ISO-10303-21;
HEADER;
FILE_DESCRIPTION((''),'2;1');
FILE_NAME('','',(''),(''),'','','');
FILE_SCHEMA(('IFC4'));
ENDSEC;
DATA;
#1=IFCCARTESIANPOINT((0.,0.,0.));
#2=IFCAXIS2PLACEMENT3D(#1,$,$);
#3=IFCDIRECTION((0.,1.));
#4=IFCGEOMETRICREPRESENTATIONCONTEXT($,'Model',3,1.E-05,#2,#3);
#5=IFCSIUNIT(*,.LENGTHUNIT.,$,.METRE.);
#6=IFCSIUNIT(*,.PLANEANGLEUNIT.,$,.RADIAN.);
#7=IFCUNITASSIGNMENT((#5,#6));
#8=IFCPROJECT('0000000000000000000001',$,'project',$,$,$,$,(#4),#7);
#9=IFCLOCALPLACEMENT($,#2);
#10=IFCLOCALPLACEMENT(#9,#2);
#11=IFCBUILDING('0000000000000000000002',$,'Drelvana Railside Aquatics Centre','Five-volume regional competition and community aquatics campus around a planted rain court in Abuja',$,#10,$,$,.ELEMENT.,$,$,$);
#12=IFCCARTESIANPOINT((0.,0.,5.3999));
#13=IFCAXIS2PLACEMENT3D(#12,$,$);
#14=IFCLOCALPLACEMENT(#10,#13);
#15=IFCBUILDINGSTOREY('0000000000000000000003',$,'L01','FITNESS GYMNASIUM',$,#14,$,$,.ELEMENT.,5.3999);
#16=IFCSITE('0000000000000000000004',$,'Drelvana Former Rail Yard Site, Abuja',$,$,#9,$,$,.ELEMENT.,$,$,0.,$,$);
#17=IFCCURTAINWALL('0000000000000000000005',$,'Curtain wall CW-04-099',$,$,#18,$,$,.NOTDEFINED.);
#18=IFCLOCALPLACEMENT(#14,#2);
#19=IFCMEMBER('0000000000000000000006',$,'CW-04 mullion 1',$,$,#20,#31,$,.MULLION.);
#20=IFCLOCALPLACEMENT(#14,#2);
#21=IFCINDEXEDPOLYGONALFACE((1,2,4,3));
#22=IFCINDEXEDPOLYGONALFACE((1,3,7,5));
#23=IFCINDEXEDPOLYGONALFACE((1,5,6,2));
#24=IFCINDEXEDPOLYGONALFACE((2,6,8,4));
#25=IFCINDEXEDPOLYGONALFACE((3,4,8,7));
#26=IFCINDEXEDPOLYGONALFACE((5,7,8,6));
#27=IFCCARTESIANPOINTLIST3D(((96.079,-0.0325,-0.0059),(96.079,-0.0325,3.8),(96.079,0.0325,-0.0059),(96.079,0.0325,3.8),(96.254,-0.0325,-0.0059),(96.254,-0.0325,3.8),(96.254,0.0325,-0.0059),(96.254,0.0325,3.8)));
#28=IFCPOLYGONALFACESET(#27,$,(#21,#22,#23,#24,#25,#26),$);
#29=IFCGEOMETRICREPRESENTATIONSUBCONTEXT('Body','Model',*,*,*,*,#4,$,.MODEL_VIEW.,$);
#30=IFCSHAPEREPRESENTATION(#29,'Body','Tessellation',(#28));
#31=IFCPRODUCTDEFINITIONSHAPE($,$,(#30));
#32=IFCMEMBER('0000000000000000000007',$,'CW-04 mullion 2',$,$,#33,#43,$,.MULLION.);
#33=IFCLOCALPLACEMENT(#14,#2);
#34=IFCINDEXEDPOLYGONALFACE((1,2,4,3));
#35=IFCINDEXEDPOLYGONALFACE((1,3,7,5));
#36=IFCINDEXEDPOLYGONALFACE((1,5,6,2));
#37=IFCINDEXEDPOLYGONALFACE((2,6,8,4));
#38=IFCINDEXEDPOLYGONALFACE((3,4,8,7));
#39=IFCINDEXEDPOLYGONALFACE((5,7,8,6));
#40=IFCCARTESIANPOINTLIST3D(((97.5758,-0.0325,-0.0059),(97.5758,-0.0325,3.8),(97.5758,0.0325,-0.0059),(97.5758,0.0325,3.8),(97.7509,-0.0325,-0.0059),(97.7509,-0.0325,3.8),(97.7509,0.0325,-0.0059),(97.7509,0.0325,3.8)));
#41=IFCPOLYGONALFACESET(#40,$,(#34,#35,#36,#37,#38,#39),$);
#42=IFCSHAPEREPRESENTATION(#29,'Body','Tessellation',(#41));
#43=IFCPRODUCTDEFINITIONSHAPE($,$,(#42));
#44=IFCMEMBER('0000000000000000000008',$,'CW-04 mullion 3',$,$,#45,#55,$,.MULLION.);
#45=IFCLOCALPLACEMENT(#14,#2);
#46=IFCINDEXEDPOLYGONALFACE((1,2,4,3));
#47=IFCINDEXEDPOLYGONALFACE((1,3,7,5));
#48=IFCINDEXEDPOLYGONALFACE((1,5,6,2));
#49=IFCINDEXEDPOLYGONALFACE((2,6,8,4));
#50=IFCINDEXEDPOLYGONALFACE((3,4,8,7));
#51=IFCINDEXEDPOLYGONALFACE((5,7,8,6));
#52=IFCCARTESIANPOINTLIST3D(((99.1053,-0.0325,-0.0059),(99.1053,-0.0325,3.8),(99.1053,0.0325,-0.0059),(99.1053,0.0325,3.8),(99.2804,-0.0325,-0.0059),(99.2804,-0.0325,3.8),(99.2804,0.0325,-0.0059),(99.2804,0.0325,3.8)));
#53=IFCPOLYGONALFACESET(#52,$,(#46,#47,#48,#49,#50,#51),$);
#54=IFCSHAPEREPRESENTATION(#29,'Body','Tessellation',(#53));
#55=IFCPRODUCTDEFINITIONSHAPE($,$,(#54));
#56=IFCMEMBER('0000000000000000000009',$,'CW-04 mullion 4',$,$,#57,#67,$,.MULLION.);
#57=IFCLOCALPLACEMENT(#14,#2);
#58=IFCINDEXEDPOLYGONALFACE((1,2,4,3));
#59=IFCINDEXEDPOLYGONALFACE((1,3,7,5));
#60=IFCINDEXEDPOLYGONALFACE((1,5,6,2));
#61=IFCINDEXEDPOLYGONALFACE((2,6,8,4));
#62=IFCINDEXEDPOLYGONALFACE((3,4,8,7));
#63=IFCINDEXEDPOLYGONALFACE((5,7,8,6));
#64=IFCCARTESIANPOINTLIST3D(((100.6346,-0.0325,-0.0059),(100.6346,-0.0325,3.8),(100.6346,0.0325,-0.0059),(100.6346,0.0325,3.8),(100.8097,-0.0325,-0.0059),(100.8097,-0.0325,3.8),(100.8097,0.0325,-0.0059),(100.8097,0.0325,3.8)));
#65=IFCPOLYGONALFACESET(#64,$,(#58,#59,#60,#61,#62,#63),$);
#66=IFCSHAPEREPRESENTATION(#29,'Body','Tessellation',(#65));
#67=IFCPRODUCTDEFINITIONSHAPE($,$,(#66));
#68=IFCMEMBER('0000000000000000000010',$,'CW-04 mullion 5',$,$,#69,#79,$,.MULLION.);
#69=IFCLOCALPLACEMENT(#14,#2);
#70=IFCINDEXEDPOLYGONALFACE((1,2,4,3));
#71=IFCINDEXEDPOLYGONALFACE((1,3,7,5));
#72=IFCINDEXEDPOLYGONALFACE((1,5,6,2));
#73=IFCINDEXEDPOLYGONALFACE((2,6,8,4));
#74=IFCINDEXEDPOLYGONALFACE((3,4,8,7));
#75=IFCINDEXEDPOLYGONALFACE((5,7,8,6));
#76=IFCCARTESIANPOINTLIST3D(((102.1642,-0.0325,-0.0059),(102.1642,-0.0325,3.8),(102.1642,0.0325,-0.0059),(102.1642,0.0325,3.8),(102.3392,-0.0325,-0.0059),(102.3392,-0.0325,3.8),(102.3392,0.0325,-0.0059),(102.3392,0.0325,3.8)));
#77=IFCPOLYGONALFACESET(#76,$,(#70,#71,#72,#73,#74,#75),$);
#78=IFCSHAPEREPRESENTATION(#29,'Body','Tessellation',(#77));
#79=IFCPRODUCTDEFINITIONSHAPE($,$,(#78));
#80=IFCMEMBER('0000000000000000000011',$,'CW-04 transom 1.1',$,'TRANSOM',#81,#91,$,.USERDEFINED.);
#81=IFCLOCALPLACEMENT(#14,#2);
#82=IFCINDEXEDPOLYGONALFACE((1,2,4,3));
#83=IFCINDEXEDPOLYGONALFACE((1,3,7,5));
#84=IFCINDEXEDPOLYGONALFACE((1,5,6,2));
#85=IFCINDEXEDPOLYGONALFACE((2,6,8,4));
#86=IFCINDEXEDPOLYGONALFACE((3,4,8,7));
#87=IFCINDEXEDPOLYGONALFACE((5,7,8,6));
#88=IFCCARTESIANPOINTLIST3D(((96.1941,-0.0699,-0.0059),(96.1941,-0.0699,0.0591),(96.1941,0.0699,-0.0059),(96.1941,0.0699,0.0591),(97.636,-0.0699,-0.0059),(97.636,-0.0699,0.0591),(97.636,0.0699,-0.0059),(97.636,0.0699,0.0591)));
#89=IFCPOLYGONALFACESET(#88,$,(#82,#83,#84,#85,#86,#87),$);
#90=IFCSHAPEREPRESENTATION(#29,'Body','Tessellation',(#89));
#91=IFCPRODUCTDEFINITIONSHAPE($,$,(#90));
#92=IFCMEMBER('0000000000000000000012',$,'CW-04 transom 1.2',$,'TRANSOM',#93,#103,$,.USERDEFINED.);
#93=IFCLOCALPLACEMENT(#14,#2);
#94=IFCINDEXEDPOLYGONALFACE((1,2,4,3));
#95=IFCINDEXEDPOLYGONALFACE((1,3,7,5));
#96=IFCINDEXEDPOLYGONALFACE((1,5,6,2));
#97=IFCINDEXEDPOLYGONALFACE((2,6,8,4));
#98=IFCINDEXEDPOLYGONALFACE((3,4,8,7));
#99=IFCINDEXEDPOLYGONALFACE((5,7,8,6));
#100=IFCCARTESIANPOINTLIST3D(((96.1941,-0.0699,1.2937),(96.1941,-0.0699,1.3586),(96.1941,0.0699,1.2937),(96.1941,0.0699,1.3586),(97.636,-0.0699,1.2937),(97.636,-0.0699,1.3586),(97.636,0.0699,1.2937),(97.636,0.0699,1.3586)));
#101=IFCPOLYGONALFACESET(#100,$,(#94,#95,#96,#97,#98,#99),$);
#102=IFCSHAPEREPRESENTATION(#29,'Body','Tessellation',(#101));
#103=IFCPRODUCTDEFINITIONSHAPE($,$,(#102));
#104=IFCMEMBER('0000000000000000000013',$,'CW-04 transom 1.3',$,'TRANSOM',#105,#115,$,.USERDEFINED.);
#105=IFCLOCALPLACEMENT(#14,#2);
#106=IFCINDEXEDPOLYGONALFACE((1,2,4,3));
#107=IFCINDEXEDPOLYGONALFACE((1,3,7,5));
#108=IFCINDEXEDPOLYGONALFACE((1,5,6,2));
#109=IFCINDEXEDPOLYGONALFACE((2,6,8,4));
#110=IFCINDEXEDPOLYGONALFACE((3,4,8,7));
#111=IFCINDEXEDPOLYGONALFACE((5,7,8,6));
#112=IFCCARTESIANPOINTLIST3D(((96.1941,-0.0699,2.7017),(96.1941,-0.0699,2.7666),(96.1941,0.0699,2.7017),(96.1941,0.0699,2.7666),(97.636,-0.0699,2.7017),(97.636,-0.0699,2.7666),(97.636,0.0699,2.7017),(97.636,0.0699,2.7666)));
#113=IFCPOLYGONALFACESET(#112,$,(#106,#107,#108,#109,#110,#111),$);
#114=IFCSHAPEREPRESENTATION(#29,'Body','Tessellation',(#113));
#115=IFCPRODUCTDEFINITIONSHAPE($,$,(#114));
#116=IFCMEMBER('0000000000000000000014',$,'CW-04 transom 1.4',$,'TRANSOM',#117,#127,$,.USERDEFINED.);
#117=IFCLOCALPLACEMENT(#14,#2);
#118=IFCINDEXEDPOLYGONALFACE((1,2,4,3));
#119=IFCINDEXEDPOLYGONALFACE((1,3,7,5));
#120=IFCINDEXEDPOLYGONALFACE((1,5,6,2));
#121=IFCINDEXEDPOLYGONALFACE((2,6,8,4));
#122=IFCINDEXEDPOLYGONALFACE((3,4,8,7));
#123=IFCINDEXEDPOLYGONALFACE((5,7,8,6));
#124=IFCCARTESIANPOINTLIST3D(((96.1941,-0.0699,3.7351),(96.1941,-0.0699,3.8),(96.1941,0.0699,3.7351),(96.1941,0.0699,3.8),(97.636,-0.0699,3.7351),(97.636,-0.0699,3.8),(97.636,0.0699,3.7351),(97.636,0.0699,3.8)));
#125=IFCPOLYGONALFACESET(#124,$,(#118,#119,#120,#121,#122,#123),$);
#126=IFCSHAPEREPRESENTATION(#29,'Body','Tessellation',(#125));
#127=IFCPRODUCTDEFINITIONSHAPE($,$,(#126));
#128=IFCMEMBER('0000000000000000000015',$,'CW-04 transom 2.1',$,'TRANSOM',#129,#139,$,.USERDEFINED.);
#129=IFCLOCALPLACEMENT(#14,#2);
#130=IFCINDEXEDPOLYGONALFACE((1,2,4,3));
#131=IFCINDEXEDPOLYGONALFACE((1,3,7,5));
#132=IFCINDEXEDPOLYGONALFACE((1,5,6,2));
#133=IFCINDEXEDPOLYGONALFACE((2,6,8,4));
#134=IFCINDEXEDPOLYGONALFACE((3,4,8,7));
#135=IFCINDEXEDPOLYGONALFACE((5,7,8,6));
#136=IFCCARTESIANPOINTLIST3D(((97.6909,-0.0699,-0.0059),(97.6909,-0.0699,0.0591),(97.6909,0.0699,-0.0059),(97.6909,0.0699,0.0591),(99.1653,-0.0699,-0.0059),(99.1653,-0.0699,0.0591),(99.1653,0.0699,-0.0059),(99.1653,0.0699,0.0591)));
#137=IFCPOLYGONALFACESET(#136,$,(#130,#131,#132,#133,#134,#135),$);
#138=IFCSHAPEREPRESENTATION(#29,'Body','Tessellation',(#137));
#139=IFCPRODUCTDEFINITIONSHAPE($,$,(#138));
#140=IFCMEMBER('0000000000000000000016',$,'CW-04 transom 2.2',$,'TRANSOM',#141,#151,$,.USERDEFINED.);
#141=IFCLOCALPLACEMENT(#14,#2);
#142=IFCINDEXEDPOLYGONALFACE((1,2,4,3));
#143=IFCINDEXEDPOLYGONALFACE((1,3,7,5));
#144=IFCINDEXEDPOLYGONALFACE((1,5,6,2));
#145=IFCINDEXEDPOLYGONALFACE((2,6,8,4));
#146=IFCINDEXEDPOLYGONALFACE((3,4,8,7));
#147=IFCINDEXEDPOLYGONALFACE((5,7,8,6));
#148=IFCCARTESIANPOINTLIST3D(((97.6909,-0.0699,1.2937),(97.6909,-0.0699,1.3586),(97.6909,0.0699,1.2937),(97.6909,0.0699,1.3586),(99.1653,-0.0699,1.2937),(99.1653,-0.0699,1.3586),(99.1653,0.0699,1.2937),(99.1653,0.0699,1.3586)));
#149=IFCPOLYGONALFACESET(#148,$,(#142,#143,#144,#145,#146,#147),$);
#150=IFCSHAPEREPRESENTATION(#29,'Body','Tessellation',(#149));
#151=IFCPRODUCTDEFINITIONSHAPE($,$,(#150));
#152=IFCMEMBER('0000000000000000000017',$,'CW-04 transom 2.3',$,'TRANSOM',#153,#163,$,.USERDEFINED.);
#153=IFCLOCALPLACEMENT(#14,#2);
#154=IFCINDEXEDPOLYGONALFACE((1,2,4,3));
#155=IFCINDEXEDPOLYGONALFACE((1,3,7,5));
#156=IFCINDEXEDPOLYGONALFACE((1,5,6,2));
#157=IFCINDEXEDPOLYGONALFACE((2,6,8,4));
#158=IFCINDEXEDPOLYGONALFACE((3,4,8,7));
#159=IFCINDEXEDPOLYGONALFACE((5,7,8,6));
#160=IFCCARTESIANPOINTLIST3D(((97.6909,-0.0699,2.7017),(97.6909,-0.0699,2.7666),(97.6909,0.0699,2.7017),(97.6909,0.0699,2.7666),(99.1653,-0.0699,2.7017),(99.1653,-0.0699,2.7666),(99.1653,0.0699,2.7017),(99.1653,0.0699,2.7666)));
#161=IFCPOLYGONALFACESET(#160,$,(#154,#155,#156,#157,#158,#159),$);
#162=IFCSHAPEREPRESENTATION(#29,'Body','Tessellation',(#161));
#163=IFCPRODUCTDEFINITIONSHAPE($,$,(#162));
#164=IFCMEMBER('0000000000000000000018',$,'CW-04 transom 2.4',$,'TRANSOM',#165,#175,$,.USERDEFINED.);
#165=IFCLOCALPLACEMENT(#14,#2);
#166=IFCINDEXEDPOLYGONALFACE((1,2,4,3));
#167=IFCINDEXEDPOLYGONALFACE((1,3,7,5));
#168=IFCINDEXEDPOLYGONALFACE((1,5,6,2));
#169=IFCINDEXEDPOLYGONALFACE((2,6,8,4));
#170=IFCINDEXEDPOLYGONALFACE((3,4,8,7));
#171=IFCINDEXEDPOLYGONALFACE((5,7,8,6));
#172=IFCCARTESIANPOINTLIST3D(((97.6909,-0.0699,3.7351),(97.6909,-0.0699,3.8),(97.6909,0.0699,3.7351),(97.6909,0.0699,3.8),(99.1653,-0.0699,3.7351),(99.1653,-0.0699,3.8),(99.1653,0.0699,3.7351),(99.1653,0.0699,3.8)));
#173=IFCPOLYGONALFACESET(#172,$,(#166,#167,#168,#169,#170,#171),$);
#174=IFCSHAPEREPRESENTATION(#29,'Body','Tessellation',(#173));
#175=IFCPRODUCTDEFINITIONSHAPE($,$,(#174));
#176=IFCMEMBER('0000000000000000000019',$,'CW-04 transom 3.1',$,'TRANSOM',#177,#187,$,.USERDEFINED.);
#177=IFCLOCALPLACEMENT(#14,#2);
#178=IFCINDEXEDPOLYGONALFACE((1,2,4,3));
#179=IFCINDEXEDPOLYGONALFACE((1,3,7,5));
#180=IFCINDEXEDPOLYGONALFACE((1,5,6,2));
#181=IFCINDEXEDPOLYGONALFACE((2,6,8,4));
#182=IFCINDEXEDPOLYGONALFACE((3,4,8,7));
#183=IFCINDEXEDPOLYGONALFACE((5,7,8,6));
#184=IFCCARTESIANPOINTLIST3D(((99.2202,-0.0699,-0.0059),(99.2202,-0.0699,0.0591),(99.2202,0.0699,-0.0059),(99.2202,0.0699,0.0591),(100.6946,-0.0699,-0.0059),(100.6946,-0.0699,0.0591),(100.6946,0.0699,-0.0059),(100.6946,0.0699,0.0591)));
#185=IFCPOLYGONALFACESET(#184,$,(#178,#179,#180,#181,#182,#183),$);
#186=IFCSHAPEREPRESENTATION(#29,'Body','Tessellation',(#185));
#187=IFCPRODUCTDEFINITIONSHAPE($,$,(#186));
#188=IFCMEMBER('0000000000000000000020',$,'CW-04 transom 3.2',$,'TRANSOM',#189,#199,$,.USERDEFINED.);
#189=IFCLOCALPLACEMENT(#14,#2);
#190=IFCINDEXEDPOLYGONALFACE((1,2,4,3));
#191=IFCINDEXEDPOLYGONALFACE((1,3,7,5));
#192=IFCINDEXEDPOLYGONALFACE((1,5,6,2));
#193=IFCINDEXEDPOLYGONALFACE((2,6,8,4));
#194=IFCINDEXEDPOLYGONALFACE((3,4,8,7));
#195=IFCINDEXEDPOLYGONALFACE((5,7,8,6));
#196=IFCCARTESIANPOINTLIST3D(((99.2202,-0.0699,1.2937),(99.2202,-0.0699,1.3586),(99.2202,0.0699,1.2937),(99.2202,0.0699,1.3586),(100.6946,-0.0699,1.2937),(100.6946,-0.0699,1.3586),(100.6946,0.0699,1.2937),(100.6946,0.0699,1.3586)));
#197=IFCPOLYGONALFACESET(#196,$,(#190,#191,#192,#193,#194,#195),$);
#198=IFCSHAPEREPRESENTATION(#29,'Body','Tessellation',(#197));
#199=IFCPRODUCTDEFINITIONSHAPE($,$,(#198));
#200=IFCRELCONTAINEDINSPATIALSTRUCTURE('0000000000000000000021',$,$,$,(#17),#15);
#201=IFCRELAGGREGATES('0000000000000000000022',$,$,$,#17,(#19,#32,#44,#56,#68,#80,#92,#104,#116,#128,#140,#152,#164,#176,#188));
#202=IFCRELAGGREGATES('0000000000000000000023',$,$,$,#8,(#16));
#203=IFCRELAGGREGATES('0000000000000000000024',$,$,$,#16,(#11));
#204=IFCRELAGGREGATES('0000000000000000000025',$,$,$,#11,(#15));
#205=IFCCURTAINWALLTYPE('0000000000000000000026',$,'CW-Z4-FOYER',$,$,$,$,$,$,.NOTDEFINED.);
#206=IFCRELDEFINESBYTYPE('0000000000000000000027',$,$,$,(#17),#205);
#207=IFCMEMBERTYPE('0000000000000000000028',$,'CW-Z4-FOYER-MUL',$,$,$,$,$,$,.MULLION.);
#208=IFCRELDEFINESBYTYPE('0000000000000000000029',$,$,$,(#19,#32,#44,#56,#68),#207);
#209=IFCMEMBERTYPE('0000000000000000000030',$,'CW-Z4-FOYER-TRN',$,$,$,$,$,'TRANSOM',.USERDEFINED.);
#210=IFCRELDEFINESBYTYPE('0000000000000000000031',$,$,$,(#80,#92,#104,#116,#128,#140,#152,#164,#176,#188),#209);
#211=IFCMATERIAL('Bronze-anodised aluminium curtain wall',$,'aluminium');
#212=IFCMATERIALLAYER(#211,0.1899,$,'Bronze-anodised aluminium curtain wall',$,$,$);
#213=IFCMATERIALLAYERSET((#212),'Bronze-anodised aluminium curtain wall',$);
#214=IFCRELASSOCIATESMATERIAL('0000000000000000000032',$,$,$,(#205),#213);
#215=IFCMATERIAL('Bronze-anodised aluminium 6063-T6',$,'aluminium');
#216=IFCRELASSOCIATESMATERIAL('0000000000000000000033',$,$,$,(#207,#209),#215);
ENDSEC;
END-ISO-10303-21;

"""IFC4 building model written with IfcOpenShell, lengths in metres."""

from ifc_helpers import new_model, si_unit, direction, frame, origin, origin_2d, place, context, subcontext, project, spatial, rectangle, extrude, material, layer, layer_set, material_profile, profile_set, type_object, element, aggregate, save


model = new_model("IFC4")

# Units and contexts
model_context = context("Model", 3, precision=1e-05, world=origin(), true_north=direction((0.0, 1.0)))
body_context = subcontext(model_context, "Body", "Model", "MODEL_VIEW")
ifc_project = project(units=[si_unit("LENGTHUNIT", "METRE"), si_unit("PLANEANGLEUNIT", "RADIAN")], contexts=[model_context])

# Site, building, storey
site_placement = place(None, origin())
site = spatial("IfcSite", under=ifc_project, at=site_placement, Name="Drelvana Former Rail Yard Site, Abuja", CompositionType="ELEMENT", RefElevation=0.0)
building_placement = place(site_placement, origin())
building = spatial("IfcBuilding", under=site, at=building_placement, Name="Drelvana Railside Aquatics Centre", Description="Five-volume regional competition and community aquatics campus around a planted rain court in Abuja", CompositionType="ELEMENT")
storey_placement = place(building_placement, frame((0.0, 0.0, 5.3999)))
storey = spatial("IfcBuildingStorey", under=building, at=storey_placement, Name="L01", Description="FITNESS GYMNASIUM", CompositionType="ELEMENT", Elevation=5.3999)

# Curtain wall, members
ifc_material_1 = material(Name="Bronze-anodised aluminium curtain wall", Category="aluminium")
ifc_layer_1 = layer(ifc_material_1, 0.1899, Name="Bronze-anodised aluminium curtain wall")
ifc_layer_set_1 = layer_set([ifc_layer_1], Name="Bronze-anodised aluminium curtain wall")
curtain_wall_type = type_object("IfcCurtainWallType", Name="CW-Z4-FOYER", PredefinedType="NOTDEFINED", material=ifc_layer_set_1)
curtain_wall_placement = place(storey_placement, origin())
curtain_wall = element("IfcCurtainWall", 1, at=curtain_wall_placement, inside=storey, type_object=curtain_wall_type, Name="Curtain wall CW-04-099", PredefinedType="NOTDEFINED")
ifc_material_2 = material(Name="Bronze-anodised aluminium 6063-T6", Category="aluminium")
ifc_material_profile_1 = material_profile(ifc_material_2, rectangle(XDim=0.0649, YDim=0.175, at=origin_2d()), Name="ALU-M 65x175")
ifc_profile_set_1 = profile_set([ifc_material_profile_1], Name="Bronze-anodised aluminium 6063-T6")
member_type_1 = type_object("IfcMemberType", Name="CW-Z4-FOYER-MUL", PredefinedType="MULLION", material=ifc_profile_set_1)
member_1_placement = place(storey_placement, frame((96.1665, 0.0, -0.0059), z_axis=(0.0, 0.0, 1.0), x_axis=(0.0, 1.0, 0.0)))
member_1 = element("IfcMember", 2, at=member_1_placement, type_object=member_type_1, Name="CW-04 mullion 1", PredefinedType="MULLION", context=body_context, shape_type="SweptSolid", body=[
    extrude(rectangle(XDim=0.0649, YDim=0.175, at=origin_2d()), origin(), (0.0, 0.0, 1.0), 3.8059),
])
member_2_placement = place(storey_placement, frame((97.6633, 0.0, -0.0059), z_axis=(0.0, 0.0, 1.0), x_axis=(0.0, 1.0, 0.0)))
member_2 = element("IfcMember", 3, at=member_2_placement, type_object=member_type_1, Name="CW-04 mullion 2", PredefinedType="MULLION", context=body_context, shape_type="SweptSolid", body=[
    extrude(rectangle(XDim=0.0649, YDim=0.175, at=origin_2d()), origin(), (0.0, 0.0, 1.0), 3.8059),
])
member_3_placement = place(storey_placement, frame((99.1929, 0.0, -0.0059), z_axis=(0.0, 0.0, 1.0), x_axis=(0.0, 1.0, 0.0)))
member_3 = element("IfcMember", 4, at=member_3_placement, type_object=member_type_1, Name="CW-04 mullion 3", PredefinedType="MULLION", context=body_context, shape_type="SweptSolid", body=[
    extrude(rectangle(XDim=0.0649, YDim=0.175, at=origin_2d()), origin(), (0.0, 0.0, 1.0), 3.8059),
])
member_4_placement = place(storey_placement, frame((100.7222, 0.0, -0.0059), z_axis=(0.0, 0.0, 1.0), x_axis=(0.0, 1.0, 0.0)))
member_4 = element("IfcMember", 5, at=member_4_placement, type_object=member_type_1, Name="CW-04 mullion 4", PredefinedType="MULLION", context=body_context, shape_type="SweptSolid", body=[
    extrude(rectangle(XDim=0.0649, YDim=0.175, at=origin_2d()), origin(), (0.0, 0.0, 1.0), 3.8059),
])
member_5_placement = place(storey_placement, frame((102.2517, 0.0, -0.0059), z_axis=(0.0, 0.0, 1.0), x_axis=(0.0, 1.0, 0.0)))
member_5 = element("IfcMember", 6, at=member_5_placement, type_object=member_type_1, Name="CW-04 mullion 5", PredefinedType="MULLION", context=body_context, shape_type="SweptSolid", body=[
    extrude(rectangle(XDim=0.0649, YDim=0.175, at=origin_2d()), origin(), (0.0, 0.0, 1.0), 3.8059),
])
ifc_material_profile_2 = material_profile(ifc_material_2, rectangle(XDim=0.1399, YDim=0.0649, at=origin_2d()), Name="ALU-T 65x140")
ifc_profile_set_2 = profile_set([ifc_material_profile_2], Name="Bronze-anodised aluminium 6063-T6")
member_type_2 = type_object("IfcMemberType", Name="CW-Z4-FOYER-TRN", ElementType="TRANSOM", PredefinedType="USERDEFINED", material=ifc_profile_set_2)
member_6_placement = place(storey_placement, frame((96.1941, 0.0, 0.0266), z_axis=(1.0, 0.0, 0.0), x_axis=(0.0, 1.0, 0.0)))
member_6 = element("IfcMember", 7, at=member_6_placement, type_object=member_type_2, Name="CW-04 transom 1.1", ObjectType="TRANSOM", PredefinedType="USERDEFINED", context=body_context, shape_type="SweptSolid", body=[
    extrude(rectangle(XDim=0.1399, YDim=0.0649, at=origin_2d()), origin(), (0.0, 0.0, 1.0), 1.4419),
])
member_7_placement = place(storey_placement, frame((96.1941, 0.0, 1.3262), z_axis=(1.0, 0.0, 0.0), x_axis=(0.0, 1.0, 0.0)))
member_7 = element("IfcMember", 8, at=member_7_placement, type_object=member_type_2, Name="CW-04 transom 1.2", ObjectType="TRANSOM", PredefinedType="USERDEFINED", context=body_context, shape_type="SweptSolid", body=[
    extrude(rectangle(XDim=0.1399, YDim=0.0649, at=origin_2d()), origin(), (0.0, 0.0, 1.0), 1.4419),
])
member_8_placement = place(storey_placement, frame((96.1941, 0.0, 2.7341), z_axis=(1.0, 0.0, 0.0), x_axis=(0.0, 1.0, 0.0)))
member_8 = element("IfcMember", 9, at=member_8_placement, type_object=member_type_2, Name="CW-04 transom 1.3", ObjectType="TRANSOM", PredefinedType="USERDEFINED", context=body_context, shape_type="SweptSolid", body=[
    extrude(rectangle(XDim=0.1399, YDim=0.0649, at=origin_2d()), origin(), (0.0, 0.0, 1.0), 1.4419),
])
member_9_placement = place(storey_placement, frame((96.1941, 0.0, 3.7676), z_axis=(1.0, 0.0, 0.0), x_axis=(0.0, 1.0, 0.0)))
member_9 = element("IfcMember", 10, at=member_9_placement, type_object=member_type_2, Name="CW-04 transom 1.4", ObjectType="TRANSOM", PredefinedType="USERDEFINED", context=body_context, shape_type="SweptSolid", body=[
    extrude(rectangle(XDim=0.1399, YDim=0.0649, at=origin_2d()), origin(), (0.0, 0.0, 1.0), 1.4419),
])
member_10_placement = place(storey_placement, frame((97.6909, 0.0, 0.0266), z_axis=(1.0, 0.0, 0.0), x_axis=(0.0, 1.0, 0.0)))
member_10 = element("IfcMember", 11, at=member_10_placement, type_object=member_type_2, Name="CW-04 transom 2.1", ObjectType="TRANSOM", PredefinedType="USERDEFINED", context=body_context, shape_type="SweptSolid", body=[
    extrude(rectangle(XDim=0.1399, YDim=0.0649, at=origin_2d()), origin(), (0.0, 0.0, 1.0), 1.4744),
])
member_11_placement = place(storey_placement, frame((97.6909, 0.0, 1.3262), z_axis=(1.0, 0.0, 0.0), x_axis=(0.0, 1.0, 0.0)))
member_11 = element("IfcMember", 12, at=member_11_placement, type_object=member_type_2, Name="CW-04 transom 2.2", ObjectType="TRANSOM", PredefinedType="USERDEFINED", context=body_context, shape_type="SweptSolid", body=[
    extrude(rectangle(XDim=0.1399, YDim=0.0649, at=origin_2d()), origin(), (0.0, 0.0, 1.0), 1.4744),
])
member_12_placement = place(storey_placement, frame((97.6909, 0.0, 2.7341), z_axis=(1.0, 0.0, 0.0), x_axis=(0.0, 1.0, 0.0)))
member_12 = element("IfcMember", 13, at=member_12_placement, type_object=member_type_2, Name="CW-04 transom 2.3", ObjectType="TRANSOM", PredefinedType="USERDEFINED", context=body_context, shape_type="SweptSolid", body=[
    extrude(rectangle(XDim=0.1399, YDim=0.0649, at=origin_2d()), origin(), (0.0, 0.0, 1.0), 1.4744),
])
member_13_placement = place(storey_placement, frame((97.6909, 0.0, 3.7676), z_axis=(1.0, 0.0, 0.0), x_axis=(0.0, 1.0, 0.0)))
member_13 = element("IfcMember", 14, at=member_13_placement, type_object=member_type_2, Name="CW-04 transom 2.4", ObjectType="TRANSOM", PredefinedType="USERDEFINED", context=body_context, shape_type="SweptSolid", body=[
    extrude(rectangle(XDim=0.1399, YDim=0.0649, at=origin_2d()), origin(), (0.0, 0.0, 1.0), 1.4744),
])
member_14_placement = place(storey_placement, frame((99.2202, 0.0, 0.0266), z_axis=(1.0, 0.0, 0.0), x_axis=(0.0, 1.0, 0.0)))
member_14 = element("IfcMember", 15, at=member_14_placement, type_object=member_type_2, Name="CW-04 transom 3.1", ObjectType="TRANSOM", PredefinedType="USERDEFINED", context=body_context, shape_type="SweptSolid", body=[
    extrude(rectangle(XDim=0.1399, YDim=0.0649, at=origin_2d()), origin(), (0.0, 0.0, 1.0), 1.4744),
])
member_15_placement = place(storey_placement, frame((99.2202, 0.0, 1.3262), z_axis=(1.0, 0.0, 0.0), x_axis=(0.0, 1.0, 0.0)))
member_15 = element("IfcMember", 16, at=member_15_placement, type_object=member_type_2, Name="CW-04 transom 3.2", ObjectType="TRANSOM", PredefinedType="USERDEFINED", context=body_context, shape_type="SweptSolid", body=[
    extrude(rectangle(XDim=0.1399, YDim=0.0649, at=origin_2d()), origin(), (0.0, 0.0, 1.0), 1.4744),
])

aggregate(curtain_wall, [member_1, member_2, member_3, member_4, member_5, member_6, member_7, member_8, member_9, member_10, member_11, member_12, member_13, member_14, member_15])

save(model, "model.ifc")
